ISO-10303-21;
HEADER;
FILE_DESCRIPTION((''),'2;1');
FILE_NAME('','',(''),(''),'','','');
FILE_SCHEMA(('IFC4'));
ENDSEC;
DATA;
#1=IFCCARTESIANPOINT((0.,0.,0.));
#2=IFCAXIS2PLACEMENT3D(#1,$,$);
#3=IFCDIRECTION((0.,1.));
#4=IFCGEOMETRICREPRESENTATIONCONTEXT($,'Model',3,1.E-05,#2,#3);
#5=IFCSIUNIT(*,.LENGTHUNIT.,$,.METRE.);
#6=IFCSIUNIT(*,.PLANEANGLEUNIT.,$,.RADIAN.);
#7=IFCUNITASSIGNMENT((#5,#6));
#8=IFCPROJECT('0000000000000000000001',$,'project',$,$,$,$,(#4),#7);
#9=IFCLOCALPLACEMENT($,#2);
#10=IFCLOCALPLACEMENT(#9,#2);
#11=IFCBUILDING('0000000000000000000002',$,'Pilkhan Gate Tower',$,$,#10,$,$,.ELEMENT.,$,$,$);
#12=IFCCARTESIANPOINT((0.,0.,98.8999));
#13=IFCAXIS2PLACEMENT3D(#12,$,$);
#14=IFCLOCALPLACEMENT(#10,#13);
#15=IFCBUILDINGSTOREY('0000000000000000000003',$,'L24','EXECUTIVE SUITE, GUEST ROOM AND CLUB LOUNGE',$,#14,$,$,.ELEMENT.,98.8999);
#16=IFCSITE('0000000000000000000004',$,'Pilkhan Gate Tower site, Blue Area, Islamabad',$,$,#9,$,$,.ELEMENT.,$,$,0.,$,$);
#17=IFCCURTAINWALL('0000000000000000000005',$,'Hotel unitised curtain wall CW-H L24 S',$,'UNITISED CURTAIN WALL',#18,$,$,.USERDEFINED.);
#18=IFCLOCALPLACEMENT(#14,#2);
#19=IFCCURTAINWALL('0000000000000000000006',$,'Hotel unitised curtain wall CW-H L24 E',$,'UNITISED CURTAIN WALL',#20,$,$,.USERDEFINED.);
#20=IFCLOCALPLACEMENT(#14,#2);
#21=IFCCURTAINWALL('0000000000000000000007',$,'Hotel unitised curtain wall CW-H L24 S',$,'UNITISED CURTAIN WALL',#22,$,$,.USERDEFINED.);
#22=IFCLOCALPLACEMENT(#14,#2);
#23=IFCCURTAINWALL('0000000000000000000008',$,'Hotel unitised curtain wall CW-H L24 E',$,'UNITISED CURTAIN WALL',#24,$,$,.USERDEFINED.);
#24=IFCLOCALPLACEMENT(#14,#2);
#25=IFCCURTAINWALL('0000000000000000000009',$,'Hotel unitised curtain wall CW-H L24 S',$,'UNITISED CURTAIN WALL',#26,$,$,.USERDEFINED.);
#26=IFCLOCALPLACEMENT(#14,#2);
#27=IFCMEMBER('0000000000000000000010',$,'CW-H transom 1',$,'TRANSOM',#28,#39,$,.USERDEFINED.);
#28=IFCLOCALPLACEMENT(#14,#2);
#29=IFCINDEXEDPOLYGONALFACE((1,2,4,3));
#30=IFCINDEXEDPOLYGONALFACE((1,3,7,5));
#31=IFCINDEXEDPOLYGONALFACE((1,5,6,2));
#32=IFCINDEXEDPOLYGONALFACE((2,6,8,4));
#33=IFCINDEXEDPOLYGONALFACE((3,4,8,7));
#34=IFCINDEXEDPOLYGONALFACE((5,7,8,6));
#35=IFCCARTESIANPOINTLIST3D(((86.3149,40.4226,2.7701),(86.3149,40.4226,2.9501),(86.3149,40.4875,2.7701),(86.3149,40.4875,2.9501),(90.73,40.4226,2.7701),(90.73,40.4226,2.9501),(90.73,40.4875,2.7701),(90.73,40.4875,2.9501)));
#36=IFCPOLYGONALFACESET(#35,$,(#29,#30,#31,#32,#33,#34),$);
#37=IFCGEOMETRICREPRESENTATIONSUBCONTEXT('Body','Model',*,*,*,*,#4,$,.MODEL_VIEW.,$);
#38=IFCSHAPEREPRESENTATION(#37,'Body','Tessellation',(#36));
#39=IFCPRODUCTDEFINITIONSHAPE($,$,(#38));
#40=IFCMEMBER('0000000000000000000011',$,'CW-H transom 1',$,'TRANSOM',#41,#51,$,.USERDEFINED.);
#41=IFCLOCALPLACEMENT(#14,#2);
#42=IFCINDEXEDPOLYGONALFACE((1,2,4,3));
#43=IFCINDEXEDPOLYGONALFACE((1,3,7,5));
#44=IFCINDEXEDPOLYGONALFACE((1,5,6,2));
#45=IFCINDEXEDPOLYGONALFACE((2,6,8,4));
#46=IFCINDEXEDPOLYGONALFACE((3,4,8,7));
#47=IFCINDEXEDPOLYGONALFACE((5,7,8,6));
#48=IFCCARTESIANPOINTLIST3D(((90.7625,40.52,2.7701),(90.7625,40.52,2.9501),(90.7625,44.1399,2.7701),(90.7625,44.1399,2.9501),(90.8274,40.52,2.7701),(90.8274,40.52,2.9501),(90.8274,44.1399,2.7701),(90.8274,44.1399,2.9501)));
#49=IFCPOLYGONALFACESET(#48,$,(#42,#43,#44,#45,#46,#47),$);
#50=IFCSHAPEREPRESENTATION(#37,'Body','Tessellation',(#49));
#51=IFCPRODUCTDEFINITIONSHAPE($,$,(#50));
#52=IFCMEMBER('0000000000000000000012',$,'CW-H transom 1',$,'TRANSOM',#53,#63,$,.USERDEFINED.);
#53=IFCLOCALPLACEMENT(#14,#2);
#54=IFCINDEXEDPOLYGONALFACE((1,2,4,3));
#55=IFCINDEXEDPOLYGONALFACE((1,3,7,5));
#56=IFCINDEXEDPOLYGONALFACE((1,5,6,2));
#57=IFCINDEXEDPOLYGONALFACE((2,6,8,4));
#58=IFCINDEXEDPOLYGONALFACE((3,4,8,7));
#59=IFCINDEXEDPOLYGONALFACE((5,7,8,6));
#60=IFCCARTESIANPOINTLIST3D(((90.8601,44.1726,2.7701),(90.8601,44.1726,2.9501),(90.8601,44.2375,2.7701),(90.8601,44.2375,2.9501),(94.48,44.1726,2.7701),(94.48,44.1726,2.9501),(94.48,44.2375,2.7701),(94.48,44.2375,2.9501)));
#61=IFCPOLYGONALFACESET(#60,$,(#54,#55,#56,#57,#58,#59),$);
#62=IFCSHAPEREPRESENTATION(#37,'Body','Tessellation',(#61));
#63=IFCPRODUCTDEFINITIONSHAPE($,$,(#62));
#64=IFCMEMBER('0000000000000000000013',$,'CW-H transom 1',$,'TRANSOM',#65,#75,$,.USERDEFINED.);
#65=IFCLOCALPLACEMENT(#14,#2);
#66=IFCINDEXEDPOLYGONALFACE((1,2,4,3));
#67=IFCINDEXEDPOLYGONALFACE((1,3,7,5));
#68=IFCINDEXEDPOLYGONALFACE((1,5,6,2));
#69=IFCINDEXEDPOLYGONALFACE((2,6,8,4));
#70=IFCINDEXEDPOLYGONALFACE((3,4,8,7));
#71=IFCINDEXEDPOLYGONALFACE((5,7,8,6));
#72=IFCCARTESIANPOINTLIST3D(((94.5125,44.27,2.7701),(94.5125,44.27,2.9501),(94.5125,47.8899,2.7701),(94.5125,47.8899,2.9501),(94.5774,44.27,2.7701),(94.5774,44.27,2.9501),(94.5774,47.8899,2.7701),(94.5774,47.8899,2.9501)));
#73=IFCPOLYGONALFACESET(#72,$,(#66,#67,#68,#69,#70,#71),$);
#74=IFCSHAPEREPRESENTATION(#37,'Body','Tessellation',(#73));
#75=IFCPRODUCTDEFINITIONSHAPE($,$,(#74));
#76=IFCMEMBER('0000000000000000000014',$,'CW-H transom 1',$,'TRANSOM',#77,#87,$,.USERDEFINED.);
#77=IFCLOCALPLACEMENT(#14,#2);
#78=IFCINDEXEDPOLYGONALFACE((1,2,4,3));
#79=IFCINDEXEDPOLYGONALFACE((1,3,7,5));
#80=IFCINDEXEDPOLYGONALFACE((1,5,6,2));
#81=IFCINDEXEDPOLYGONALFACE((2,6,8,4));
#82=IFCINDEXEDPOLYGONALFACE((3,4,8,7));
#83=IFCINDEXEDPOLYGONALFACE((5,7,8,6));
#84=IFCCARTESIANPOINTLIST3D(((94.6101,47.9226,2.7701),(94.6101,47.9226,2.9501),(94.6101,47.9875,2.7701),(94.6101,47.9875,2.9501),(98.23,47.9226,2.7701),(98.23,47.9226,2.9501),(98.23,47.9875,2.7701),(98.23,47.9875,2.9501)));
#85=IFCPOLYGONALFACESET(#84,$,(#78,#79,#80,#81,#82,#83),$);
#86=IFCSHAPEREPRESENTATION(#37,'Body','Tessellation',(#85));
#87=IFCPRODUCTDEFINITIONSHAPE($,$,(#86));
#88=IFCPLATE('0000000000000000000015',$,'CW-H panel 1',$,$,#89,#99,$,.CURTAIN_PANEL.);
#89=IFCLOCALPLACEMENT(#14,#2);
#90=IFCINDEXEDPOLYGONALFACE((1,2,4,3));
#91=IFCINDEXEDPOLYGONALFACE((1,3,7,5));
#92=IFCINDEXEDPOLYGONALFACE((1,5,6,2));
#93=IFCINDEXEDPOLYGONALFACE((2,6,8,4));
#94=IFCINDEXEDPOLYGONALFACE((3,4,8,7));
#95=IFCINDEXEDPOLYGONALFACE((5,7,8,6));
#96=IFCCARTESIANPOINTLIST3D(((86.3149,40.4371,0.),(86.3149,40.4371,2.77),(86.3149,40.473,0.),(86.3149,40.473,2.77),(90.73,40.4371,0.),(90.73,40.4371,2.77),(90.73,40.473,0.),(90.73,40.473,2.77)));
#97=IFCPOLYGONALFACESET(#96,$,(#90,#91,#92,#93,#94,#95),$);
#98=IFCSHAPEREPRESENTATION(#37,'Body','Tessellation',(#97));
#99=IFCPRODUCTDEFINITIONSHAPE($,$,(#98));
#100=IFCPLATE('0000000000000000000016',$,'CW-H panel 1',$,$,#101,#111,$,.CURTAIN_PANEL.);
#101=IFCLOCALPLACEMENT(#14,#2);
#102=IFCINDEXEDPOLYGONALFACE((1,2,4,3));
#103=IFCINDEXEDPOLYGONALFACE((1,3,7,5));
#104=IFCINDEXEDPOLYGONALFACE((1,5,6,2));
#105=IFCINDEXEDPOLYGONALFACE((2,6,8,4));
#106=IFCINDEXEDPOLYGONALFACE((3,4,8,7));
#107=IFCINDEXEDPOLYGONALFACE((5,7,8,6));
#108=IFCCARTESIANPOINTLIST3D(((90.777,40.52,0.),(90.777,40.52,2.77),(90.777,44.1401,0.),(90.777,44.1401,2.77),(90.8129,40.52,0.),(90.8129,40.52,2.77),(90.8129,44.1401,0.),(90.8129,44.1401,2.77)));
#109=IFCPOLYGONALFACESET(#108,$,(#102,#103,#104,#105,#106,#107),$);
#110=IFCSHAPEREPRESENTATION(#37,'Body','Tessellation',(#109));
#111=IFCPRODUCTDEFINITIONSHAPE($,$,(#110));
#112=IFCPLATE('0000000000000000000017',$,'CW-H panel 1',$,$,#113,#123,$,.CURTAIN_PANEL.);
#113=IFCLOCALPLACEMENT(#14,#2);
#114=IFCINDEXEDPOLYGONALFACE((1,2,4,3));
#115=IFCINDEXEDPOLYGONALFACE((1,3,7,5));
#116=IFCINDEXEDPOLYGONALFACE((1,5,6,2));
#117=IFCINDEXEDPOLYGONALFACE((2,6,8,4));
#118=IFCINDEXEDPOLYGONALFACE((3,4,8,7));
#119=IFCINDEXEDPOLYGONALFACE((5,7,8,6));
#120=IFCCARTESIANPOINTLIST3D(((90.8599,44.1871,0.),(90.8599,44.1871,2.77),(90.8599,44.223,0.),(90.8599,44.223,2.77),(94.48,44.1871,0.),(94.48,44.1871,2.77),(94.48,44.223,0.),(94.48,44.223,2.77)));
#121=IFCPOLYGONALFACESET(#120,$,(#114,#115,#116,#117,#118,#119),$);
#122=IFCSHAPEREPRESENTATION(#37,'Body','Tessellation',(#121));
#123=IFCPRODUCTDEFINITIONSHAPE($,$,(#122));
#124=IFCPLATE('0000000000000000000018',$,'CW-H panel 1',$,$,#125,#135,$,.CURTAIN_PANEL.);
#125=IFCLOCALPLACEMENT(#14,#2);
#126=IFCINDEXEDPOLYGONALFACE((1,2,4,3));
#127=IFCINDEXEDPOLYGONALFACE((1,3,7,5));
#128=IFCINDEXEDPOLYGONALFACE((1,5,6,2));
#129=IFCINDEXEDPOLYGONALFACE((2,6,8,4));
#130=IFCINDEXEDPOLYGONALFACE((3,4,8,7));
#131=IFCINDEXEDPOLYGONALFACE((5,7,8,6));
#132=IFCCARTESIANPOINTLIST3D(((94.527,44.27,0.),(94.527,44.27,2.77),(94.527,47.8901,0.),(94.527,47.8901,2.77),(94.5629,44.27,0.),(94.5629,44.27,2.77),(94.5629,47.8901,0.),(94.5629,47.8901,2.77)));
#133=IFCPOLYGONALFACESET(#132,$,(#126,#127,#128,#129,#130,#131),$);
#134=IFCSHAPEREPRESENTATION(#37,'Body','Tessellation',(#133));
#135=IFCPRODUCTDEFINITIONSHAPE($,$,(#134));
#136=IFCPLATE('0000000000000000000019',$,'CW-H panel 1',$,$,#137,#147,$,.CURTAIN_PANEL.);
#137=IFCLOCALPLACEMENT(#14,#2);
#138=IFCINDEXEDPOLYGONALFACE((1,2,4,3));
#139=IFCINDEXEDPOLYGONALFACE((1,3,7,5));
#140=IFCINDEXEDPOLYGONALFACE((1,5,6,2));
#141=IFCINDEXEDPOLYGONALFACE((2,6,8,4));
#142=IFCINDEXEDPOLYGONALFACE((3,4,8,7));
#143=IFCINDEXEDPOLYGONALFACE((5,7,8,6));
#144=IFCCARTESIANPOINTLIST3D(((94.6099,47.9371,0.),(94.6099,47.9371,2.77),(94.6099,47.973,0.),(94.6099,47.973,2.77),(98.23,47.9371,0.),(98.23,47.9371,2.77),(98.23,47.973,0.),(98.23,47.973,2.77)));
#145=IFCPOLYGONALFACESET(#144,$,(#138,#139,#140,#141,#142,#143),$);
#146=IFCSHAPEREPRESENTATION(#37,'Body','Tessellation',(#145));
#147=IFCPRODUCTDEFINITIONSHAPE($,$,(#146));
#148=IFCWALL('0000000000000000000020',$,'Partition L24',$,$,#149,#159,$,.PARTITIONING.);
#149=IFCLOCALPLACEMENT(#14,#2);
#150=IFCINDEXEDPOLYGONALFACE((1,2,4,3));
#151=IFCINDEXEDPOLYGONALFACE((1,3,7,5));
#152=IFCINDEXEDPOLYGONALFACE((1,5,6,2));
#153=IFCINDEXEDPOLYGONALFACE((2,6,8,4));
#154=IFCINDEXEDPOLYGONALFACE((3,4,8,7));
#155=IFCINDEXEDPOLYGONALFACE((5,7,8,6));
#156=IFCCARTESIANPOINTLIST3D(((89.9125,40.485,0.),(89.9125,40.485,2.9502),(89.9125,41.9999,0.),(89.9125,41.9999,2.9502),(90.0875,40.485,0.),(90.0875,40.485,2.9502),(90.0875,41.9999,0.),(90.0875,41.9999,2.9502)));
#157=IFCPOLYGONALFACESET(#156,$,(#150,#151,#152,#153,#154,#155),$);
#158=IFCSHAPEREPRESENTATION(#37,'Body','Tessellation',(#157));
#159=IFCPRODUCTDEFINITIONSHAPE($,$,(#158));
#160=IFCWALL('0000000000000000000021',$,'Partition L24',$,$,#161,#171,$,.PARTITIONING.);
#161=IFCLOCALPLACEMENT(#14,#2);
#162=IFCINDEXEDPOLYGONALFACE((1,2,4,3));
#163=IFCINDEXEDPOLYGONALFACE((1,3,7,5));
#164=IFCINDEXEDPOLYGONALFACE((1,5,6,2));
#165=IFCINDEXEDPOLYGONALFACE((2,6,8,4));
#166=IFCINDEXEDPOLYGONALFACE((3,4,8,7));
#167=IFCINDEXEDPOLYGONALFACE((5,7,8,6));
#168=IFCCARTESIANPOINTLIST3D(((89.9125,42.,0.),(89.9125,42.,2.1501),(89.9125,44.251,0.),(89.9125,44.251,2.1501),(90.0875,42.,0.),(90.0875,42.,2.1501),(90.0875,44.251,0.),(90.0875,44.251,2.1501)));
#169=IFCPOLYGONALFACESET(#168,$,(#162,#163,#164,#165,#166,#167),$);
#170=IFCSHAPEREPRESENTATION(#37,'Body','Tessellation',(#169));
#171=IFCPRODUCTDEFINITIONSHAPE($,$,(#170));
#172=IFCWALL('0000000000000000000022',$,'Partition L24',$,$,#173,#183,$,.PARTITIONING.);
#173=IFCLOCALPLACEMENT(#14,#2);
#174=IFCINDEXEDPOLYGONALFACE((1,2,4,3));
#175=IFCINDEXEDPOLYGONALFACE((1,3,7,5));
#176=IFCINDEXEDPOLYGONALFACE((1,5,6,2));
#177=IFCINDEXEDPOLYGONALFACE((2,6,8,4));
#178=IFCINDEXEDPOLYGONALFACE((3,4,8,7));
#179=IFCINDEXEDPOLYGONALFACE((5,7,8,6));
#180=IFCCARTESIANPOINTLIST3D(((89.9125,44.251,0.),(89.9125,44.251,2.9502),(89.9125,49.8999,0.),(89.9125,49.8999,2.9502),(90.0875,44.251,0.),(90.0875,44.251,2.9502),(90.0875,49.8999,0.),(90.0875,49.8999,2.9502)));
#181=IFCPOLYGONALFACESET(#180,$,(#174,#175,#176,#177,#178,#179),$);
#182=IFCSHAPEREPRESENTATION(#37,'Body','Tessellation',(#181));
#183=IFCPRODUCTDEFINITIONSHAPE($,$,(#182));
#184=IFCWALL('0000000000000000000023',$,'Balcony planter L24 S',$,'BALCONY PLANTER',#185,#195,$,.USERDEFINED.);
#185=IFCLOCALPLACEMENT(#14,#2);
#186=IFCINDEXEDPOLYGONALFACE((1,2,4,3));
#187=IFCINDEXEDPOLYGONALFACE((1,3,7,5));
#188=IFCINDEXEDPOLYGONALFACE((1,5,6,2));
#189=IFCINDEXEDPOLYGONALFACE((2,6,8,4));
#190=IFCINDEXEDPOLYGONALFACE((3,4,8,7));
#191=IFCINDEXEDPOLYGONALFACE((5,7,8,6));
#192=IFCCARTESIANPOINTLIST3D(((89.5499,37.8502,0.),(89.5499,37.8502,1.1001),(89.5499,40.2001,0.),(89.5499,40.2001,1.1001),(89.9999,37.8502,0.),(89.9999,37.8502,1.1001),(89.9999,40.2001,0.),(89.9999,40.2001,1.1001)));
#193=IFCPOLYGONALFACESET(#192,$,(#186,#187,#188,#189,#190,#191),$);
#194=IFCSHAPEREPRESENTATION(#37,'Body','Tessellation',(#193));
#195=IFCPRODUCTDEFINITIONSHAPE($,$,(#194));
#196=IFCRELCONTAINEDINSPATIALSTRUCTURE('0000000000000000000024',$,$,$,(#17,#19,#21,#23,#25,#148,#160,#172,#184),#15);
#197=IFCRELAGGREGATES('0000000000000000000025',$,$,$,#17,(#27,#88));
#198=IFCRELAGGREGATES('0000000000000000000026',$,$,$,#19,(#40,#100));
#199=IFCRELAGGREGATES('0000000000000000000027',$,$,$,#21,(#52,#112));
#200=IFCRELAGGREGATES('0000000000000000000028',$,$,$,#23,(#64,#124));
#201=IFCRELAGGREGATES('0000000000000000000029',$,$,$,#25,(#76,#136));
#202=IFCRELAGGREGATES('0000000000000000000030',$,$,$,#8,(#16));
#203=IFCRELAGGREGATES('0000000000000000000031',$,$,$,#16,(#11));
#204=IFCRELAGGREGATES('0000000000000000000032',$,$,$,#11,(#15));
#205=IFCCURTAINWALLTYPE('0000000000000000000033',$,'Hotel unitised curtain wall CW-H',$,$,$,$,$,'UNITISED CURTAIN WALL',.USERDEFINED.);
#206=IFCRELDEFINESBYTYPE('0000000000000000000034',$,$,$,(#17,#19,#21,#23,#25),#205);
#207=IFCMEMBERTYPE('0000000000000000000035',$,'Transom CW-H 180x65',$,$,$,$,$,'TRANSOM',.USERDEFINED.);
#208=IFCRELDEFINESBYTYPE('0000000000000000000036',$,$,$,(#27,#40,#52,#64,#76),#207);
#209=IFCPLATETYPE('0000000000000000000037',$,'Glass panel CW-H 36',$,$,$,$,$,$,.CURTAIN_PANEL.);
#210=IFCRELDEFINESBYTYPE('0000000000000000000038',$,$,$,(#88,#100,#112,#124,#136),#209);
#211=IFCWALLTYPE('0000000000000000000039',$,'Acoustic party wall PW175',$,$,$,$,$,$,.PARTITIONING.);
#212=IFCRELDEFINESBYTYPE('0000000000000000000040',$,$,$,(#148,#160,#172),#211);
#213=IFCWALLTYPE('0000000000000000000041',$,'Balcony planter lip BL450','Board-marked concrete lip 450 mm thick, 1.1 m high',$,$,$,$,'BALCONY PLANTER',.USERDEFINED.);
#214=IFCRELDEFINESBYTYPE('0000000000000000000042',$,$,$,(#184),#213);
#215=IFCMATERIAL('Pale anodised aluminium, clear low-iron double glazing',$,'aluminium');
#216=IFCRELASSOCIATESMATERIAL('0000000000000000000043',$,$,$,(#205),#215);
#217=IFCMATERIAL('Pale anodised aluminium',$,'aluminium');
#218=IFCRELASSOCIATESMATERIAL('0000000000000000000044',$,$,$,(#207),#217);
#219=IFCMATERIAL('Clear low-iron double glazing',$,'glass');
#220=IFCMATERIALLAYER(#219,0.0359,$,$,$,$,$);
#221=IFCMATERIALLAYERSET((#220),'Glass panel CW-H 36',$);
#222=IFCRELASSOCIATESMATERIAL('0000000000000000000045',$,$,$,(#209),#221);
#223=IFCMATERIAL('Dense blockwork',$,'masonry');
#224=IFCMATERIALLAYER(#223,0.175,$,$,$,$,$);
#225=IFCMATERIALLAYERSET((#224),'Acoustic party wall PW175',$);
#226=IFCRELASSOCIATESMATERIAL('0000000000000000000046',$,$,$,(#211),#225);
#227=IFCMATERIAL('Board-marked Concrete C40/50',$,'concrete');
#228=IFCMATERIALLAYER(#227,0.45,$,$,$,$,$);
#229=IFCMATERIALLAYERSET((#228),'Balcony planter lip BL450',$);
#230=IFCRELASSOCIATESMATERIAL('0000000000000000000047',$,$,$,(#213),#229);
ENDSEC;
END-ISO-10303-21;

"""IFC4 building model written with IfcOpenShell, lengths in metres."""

from ifc_helpers import new_model, si_unit, direction, frame, frame_2d, origin, origin_2d, place, context, subcontext, project, spatial, rectangle, extrude, material, layer, layer_set, material_profile, profile_set, type_object, element, aggregate, save


model = new_model("IFC4")

# Units and contexts
model_context = context("Model", 3, precision=1e-05, world=origin(), true_north=direction((0.0, 1.0)))
body_context = subcontext(model_context, "Body", "Model", "MODEL_VIEW")
ifc_project = project(units=[si_unit("LENGTHUNIT", "METRE"), si_unit("PLANEANGLEUNIT", "RADIAN")], contexts=[model_context])

# Site, building, storey
site_placement = place(None, origin())
site = spatial("IfcSite", under=ifc_project, at=site_placement, Name="Pilkhan Gate Tower site, Blue Area, Islamabad", CompositionType="ELEMENT", RefElevation=0.0)
building_placement = place(site_placement, origin())
building = spatial("IfcBuilding", under=site, at=building_placement, Name="Pilkhan Gate Tower", CompositionType="ELEMENT")
storey_placement = place(building_placement, frame((0.0, 0.0, 98.8999)))
storey = spatial("IfcBuildingStorey", under=building, at=storey_placement, Name="L24", Description="EXECUTIVE SUITE, GUEST ROOM AND CLUB LOUNGE", CompositionType="ELEMENT", Elevation=98.8999)

# Curtain wall
ifc_material_1 = material(Name="Pale anodised aluminium, clear low-iron double glazing", Category="aluminium")
curtain_wall_type = type_object("IfcCurtainWallType", Name="Hotel unitised curtain wall CW-H", ElementType="UNITISED CURTAIN WALL", PredefinedType="USERDEFINED", material=ifc_material_1)
curtain_wall_1_placement = place(storey_placement, origin())
curtain_wall_1 = element("IfcCurtainWall", 1, at=curtain_wall_1_placement, inside=storey, type_object=curtain_wall_type, Name="Hotel unitised curtain wall CW-H L24 S", ObjectType="UNITISED CURTAIN WALL", PredefinedType="USERDEFINED")
ifc_material_2 = material(Name="Pale anodised aluminium", Category="aluminium")

# Curtain walls
curtain_wall_2_placement = place(storey_placement, origin())
curtain_wall_2 = element("IfcCurtainWall", 2, at=curtain_wall_2_placement, inside=storey, type_object=curtain_wall_type, Name="Hotel unitised curtain wall CW-H L24 E", ObjectType="UNITISED CURTAIN WALL", PredefinedType="USERDEFINED")
curtain_wall_3_placement = place(storey_placement, origin())
curtain_wall_3 = element("IfcCurtainWall", 3, at=curtain_wall_3_placement, inside=storey, type_object=curtain_wall_type, Name="Hotel unitised curtain wall CW-H L24 S", ObjectType="UNITISED CURTAIN WALL", PredefinedType="USERDEFINED")
curtain_wall_4_placement = place(storey_placement, origin())
curtain_wall_4 = element("IfcCurtainWall", 4, at=curtain_wall_4_placement, inside=storey, type_object=curtain_wall_type, Name="Hotel unitised curtain wall CW-H L24 E", ObjectType="UNITISED CURTAIN WALL", PredefinedType="USERDEFINED")

# Curtain wall
curtain_wall_5_placement = place(storey_placement, origin())
curtain_wall_5 = element("IfcCurtainWall", 5, at=curtain_wall_5_placement, inside=storey, type_object=curtain_wall_type, Name="Hotel unitised curtain wall CW-H L24 S", ObjectType="UNITISED CURTAIN WALL", PredefinedType="USERDEFINED")

# Members
ifc_material_profile_1 = material_profile(ifc_material_2, rectangle(XDim=0.0649, YDim=0.1799, at=origin_2d()), Name="Transom 180x65")
ifc_profile_set_1 = profile_set([ifc_material_profile_1], Name="Pale anodised aluminium")
member_type_1 = type_object("IfcMemberType", Name="Transom CW-H 180x65", ElementType="TRANSOM", PredefinedType="USERDEFINED", material=ifc_profile_set_1)
member_1_placement = place(storey_placement, frame((86.3149, 40.4551, 2.8601), z_axis=(1.0, 0.0, 0.0), x_axis=(0.0, 1.0, 0.0)))
member_1 = element("IfcMember", 6, at=member_1_placement, type_object=member_type_1, Name="CW-H transom 1", ObjectType="TRANSOM", PredefinedType="USERDEFINED", context=body_context, shape_type="SweptSolid", body=[
    extrude(rectangle(XDim=0.0649, YDim=0.1799, at=origin_2d()), origin(), (0.0, 0.0, 1.0), 4.415),
])
member_2_placement = place(storey_placement, frame((90.7949, 40.52, 2.8601), z_axis=(0.0, 1.0, 0.0), x_axis=(-1.0, 0.0, 0.0)))
member_2 = element("IfcMember", 7, at=member_2_placement, type_object=member_type_1, Name="CW-H transom 1", ObjectType="TRANSOM", PredefinedType="USERDEFINED", context=body_context, shape_type="SweptSolid", body=[
    extrude(rectangle(XDim=0.0649, YDim=0.1799, at=origin_2d()), origin(), (0.0, 0.0, 1.0), 3.6199),
])
member_3_placement = place(storey_placement, frame((90.8601, 44.2051, 2.8601), z_axis=(1.0, 0.0, 0.0), x_axis=(0.0, 1.0, 0.0)))
member_3 = element("IfcMember", 8, at=member_3_placement, type_object=member_type_1, Name="CW-H transom 1", ObjectType="TRANSOM", PredefinedType="USERDEFINED", context=body_context, shape_type="SweptSolid", body=[
    extrude(rectangle(XDim=0.0649, YDim=0.1799, at=origin_2d()), origin(), (0.0, 0.0, 1.0), 3.6199),
])
member_4_placement = place(storey_placement, frame((94.5449, 44.27, 2.8601), z_axis=(0.0, 1.0, 0.0), x_axis=(-1.0, 0.0, 0.0)))
member_4 = element("IfcMember", 9, at=member_4_placement, type_object=member_type_1, Name="CW-H transom 1", ObjectType="TRANSOM", PredefinedType="USERDEFINED", context=body_context, shape_type="SweptSolid", body=[
    extrude(rectangle(XDim=0.0649, YDim=0.1799, at=origin_2d()), origin(), (0.0, 0.0, 1.0), 3.6199),
])
member_5_placement = place(storey_placement, frame((94.6101, 47.9551, 2.8601), z_axis=(1.0, 0.0, 0.0), x_axis=(0.0, 1.0, 0.0)))
member_5 = element("IfcMember", 10, at=member_5_placement, type_object=member_type_1, Name="CW-H transom 1", ObjectType="TRANSOM", PredefinedType="USERDEFINED", context=body_context, shape_type="SweptSolid", body=[
    extrude(rectangle(XDim=0.0649, YDim=0.1799, at=origin_2d()), origin(), (0.0, 0.0, 1.0), 3.6199),
])

# Plates
ifc_material_3 = material(Name="Clear low-iron double glazing", Category="glass")
ifc_layer_1 = layer(ifc_material_3, 0.0359)
ifc_layer_set_1 = layer_set([ifc_layer_1], Name="Glass panel CW-H 36")
plate_type = type_object("IfcPlateType", Name="Glass panel CW-H 36", PredefinedType="CURTAIN_PANEL", material=ifc_layer_set_1)
plate_1_placement = place(storey_placement, frame((88.5225, 40.4551, 0.0), z_axis=(0.0, 0.0, 1.0), x_axis=(1.0, 0.0, 0.0)))
plate_1 = element("IfcPlate", 11, at=plate_1_placement, type_object=plate_type, Name="CW-H panel 1", PredefinedType="CURTAIN_PANEL", context=body_context, shape_type="SweptSolid", body=[
    extrude(rectangle(XDim=4.415, YDim=0.0359, at=origin_2d()), origin(), (0.0, 0.0, 1.0), 2.77),
])
aggregate(curtain_wall_1, [member_1, plate_1])
plate_2_placement = place(storey_placement, frame((90.7949, 42.3301, 0.0), z_axis=(0.0, 0.0, 1.0), x_axis=(0.0, 1.0, 0.0)))
plate_2 = element("IfcPlate", 12, at=plate_2_placement, type_object=plate_type, Name="CW-H panel 1", PredefinedType="CURTAIN_PANEL", context=body_context, shape_type="SweptSolid", body=[
    extrude(rectangle(XDim=3.6201, YDim=0.0359, at=origin_2d()), origin(), (0.0, 0.0, 1.0), 2.77),
])
aggregate(curtain_wall_2, [member_2, plate_2])
plate_3_placement = place(storey_placement, frame((92.6699, 44.2051, 0.0), z_axis=(0.0, 0.0, 1.0), x_axis=(1.0, 0.0, 0.0)))
plate_3 = element("IfcPlate", 13, at=plate_3_placement, type_object=plate_type, Name="CW-H panel 1", PredefinedType="CURTAIN_PANEL", context=body_context, shape_type="SweptSolid", body=[
    extrude(rectangle(XDim=3.6201, YDim=0.0359, at=origin_2d()), origin(), (0.0, 0.0, 1.0), 2.77),
])
aggregate(curtain_wall_3, [member_3, plate_3])
plate_4_placement = place(storey_placement, frame((94.5449, 46.0801, 0.0), z_axis=(0.0, 0.0, 1.0), x_axis=(0.0, 1.0, 0.0)))
plate_4 = element("IfcPlate", 14, at=plate_4_placement, type_object=plate_type, Name="CW-H panel 1", PredefinedType="CURTAIN_PANEL", context=body_context, shape_type="SweptSolid", body=[
    extrude(rectangle(XDim=3.6201, YDim=0.0359, at=origin_2d()), origin(), (0.0, 0.0, 1.0), 2.77),
])
aggregate(curtain_wall_4, [member_4, plate_4])
plate_5_placement = place(storey_placement, frame((96.4199, 47.9551, 0.0), z_axis=(0.0, 0.0, 1.0), x_axis=(1.0, 0.0, 0.0)))
plate_5 = element("IfcPlate", 15, at=plate_5_placement, type_object=plate_type, Name="CW-H panel 1", PredefinedType="CURTAIN_PANEL", context=body_context, shape_type="SweptSolid", body=[
    extrude(rectangle(XDim=3.6201, YDim=0.0359, at=origin_2d()), origin(), (0.0, 0.0, 1.0), 2.77),
])
aggregate(curtain_wall_5, [member_5, plate_5])

# Walls
ifc_material_4 = material(Name="Dense blockwork", Category="masonry")
ifc_layer_2 = layer(ifc_material_4, 0.175)
ifc_layer_set_2 = layer_set([ifc_layer_2], Name="Acoustic party wall PW175")
wall_type_1 = type_object("IfcWallType", Name="Acoustic party wall PW175", PredefinedType="PARTITIONING", material=ifc_layer_set_2)
wall_1_placement = place(storey_placement, frame((90.0, 40.4851, 0.0), z_axis=(0.0, 0.0, 1.0), x_axis=(0.0, 1.0, 0.0)))
element("IfcWall", 16, at=wall_1_placement, inside=storey, type_object=wall_type_1, Name="Partition L24", PredefinedType="PARTITIONING", context=body_context, shape_type="SweptSolid", body=[
    extrude(rectangle(XDim=1.5149, YDim=0.175, at=frame_2d((0.7573, 0.0))), origin(), (0.0, 0.0, 1.0), 2.9502),
])
wall_2_placement = place(storey_placement, frame((90.0, 42.0, 0.0), z_axis=(0.0, 0.0, 1.0), x_axis=(0.0, 1.0, 0.0)))
element("IfcWall", 17, at=wall_2_placement, inside=storey, type_object=wall_type_1, Name="Partition L24", PredefinedType="PARTITIONING", context=body_context, shape_type="SweptSolid", body=[
    extrude(rectangle(XDim=2.251, YDim=0.175, at=frame_2d((1.1255, 0.0))), origin(), (0.0, 0.0, 1.0), 2.1501),
])
wall_3_placement = place(storey_placement, frame((90.0, 44.251, 0.0), z_axis=(0.0, 0.0, 1.0), x_axis=(0.0, 1.0, 0.0)))
element("IfcWall", 18, at=wall_3_placement, inside=storey, type_object=wall_type_1, Name="Partition L24", PredefinedType="PARTITIONING", context=body_context, shape_type="SweptSolid", body=[
    extrude(rectangle(XDim=5.6489, YDim=0.175, at=frame_2d((2.8245, 0.0))), origin(), (0.0, 0.0, 1.0), 2.9502),
])
ifc_material_5 = material(Name="Board-marked Concrete C40/50", Category="concrete")
ifc_layer_3 = layer(ifc_material_5, 0.45)
ifc_layer_set_3 = layer_set([ifc_layer_3], Name="Balcony planter lip BL450")
wall_type_2 = type_object("IfcWallType", Name="Balcony planter lip BL450", Description="Board-marked concrete lip 450 mm thick, 1.1 m high", ElementType="BALCONY PLANTER", PredefinedType="USERDEFINED", material=ifc_layer_set_3)
wall_4_placement = place(storey_placement, frame((89.7749, 40.2, 0.0), z_axis=(0.0, 0.0, 1.0), x_axis=(0.0, -1.0, 0.0)))
element("IfcWall", 19, at=wall_4_placement, inside=storey, type_object=wall_type_2, Name="Balcony planter L24 S", ObjectType="BALCONY PLANTER", PredefinedType="USERDEFINED", context=body_context, shape_type="SweptSolid", body=[
    extrude(rectangle(XDim=2.3499, YDim=0.45, at=frame_2d((1.1748, 0.0))), origin(), (0.0, 0.0, 1.0), 1.1001),
])

save(model, "model.ifc")
